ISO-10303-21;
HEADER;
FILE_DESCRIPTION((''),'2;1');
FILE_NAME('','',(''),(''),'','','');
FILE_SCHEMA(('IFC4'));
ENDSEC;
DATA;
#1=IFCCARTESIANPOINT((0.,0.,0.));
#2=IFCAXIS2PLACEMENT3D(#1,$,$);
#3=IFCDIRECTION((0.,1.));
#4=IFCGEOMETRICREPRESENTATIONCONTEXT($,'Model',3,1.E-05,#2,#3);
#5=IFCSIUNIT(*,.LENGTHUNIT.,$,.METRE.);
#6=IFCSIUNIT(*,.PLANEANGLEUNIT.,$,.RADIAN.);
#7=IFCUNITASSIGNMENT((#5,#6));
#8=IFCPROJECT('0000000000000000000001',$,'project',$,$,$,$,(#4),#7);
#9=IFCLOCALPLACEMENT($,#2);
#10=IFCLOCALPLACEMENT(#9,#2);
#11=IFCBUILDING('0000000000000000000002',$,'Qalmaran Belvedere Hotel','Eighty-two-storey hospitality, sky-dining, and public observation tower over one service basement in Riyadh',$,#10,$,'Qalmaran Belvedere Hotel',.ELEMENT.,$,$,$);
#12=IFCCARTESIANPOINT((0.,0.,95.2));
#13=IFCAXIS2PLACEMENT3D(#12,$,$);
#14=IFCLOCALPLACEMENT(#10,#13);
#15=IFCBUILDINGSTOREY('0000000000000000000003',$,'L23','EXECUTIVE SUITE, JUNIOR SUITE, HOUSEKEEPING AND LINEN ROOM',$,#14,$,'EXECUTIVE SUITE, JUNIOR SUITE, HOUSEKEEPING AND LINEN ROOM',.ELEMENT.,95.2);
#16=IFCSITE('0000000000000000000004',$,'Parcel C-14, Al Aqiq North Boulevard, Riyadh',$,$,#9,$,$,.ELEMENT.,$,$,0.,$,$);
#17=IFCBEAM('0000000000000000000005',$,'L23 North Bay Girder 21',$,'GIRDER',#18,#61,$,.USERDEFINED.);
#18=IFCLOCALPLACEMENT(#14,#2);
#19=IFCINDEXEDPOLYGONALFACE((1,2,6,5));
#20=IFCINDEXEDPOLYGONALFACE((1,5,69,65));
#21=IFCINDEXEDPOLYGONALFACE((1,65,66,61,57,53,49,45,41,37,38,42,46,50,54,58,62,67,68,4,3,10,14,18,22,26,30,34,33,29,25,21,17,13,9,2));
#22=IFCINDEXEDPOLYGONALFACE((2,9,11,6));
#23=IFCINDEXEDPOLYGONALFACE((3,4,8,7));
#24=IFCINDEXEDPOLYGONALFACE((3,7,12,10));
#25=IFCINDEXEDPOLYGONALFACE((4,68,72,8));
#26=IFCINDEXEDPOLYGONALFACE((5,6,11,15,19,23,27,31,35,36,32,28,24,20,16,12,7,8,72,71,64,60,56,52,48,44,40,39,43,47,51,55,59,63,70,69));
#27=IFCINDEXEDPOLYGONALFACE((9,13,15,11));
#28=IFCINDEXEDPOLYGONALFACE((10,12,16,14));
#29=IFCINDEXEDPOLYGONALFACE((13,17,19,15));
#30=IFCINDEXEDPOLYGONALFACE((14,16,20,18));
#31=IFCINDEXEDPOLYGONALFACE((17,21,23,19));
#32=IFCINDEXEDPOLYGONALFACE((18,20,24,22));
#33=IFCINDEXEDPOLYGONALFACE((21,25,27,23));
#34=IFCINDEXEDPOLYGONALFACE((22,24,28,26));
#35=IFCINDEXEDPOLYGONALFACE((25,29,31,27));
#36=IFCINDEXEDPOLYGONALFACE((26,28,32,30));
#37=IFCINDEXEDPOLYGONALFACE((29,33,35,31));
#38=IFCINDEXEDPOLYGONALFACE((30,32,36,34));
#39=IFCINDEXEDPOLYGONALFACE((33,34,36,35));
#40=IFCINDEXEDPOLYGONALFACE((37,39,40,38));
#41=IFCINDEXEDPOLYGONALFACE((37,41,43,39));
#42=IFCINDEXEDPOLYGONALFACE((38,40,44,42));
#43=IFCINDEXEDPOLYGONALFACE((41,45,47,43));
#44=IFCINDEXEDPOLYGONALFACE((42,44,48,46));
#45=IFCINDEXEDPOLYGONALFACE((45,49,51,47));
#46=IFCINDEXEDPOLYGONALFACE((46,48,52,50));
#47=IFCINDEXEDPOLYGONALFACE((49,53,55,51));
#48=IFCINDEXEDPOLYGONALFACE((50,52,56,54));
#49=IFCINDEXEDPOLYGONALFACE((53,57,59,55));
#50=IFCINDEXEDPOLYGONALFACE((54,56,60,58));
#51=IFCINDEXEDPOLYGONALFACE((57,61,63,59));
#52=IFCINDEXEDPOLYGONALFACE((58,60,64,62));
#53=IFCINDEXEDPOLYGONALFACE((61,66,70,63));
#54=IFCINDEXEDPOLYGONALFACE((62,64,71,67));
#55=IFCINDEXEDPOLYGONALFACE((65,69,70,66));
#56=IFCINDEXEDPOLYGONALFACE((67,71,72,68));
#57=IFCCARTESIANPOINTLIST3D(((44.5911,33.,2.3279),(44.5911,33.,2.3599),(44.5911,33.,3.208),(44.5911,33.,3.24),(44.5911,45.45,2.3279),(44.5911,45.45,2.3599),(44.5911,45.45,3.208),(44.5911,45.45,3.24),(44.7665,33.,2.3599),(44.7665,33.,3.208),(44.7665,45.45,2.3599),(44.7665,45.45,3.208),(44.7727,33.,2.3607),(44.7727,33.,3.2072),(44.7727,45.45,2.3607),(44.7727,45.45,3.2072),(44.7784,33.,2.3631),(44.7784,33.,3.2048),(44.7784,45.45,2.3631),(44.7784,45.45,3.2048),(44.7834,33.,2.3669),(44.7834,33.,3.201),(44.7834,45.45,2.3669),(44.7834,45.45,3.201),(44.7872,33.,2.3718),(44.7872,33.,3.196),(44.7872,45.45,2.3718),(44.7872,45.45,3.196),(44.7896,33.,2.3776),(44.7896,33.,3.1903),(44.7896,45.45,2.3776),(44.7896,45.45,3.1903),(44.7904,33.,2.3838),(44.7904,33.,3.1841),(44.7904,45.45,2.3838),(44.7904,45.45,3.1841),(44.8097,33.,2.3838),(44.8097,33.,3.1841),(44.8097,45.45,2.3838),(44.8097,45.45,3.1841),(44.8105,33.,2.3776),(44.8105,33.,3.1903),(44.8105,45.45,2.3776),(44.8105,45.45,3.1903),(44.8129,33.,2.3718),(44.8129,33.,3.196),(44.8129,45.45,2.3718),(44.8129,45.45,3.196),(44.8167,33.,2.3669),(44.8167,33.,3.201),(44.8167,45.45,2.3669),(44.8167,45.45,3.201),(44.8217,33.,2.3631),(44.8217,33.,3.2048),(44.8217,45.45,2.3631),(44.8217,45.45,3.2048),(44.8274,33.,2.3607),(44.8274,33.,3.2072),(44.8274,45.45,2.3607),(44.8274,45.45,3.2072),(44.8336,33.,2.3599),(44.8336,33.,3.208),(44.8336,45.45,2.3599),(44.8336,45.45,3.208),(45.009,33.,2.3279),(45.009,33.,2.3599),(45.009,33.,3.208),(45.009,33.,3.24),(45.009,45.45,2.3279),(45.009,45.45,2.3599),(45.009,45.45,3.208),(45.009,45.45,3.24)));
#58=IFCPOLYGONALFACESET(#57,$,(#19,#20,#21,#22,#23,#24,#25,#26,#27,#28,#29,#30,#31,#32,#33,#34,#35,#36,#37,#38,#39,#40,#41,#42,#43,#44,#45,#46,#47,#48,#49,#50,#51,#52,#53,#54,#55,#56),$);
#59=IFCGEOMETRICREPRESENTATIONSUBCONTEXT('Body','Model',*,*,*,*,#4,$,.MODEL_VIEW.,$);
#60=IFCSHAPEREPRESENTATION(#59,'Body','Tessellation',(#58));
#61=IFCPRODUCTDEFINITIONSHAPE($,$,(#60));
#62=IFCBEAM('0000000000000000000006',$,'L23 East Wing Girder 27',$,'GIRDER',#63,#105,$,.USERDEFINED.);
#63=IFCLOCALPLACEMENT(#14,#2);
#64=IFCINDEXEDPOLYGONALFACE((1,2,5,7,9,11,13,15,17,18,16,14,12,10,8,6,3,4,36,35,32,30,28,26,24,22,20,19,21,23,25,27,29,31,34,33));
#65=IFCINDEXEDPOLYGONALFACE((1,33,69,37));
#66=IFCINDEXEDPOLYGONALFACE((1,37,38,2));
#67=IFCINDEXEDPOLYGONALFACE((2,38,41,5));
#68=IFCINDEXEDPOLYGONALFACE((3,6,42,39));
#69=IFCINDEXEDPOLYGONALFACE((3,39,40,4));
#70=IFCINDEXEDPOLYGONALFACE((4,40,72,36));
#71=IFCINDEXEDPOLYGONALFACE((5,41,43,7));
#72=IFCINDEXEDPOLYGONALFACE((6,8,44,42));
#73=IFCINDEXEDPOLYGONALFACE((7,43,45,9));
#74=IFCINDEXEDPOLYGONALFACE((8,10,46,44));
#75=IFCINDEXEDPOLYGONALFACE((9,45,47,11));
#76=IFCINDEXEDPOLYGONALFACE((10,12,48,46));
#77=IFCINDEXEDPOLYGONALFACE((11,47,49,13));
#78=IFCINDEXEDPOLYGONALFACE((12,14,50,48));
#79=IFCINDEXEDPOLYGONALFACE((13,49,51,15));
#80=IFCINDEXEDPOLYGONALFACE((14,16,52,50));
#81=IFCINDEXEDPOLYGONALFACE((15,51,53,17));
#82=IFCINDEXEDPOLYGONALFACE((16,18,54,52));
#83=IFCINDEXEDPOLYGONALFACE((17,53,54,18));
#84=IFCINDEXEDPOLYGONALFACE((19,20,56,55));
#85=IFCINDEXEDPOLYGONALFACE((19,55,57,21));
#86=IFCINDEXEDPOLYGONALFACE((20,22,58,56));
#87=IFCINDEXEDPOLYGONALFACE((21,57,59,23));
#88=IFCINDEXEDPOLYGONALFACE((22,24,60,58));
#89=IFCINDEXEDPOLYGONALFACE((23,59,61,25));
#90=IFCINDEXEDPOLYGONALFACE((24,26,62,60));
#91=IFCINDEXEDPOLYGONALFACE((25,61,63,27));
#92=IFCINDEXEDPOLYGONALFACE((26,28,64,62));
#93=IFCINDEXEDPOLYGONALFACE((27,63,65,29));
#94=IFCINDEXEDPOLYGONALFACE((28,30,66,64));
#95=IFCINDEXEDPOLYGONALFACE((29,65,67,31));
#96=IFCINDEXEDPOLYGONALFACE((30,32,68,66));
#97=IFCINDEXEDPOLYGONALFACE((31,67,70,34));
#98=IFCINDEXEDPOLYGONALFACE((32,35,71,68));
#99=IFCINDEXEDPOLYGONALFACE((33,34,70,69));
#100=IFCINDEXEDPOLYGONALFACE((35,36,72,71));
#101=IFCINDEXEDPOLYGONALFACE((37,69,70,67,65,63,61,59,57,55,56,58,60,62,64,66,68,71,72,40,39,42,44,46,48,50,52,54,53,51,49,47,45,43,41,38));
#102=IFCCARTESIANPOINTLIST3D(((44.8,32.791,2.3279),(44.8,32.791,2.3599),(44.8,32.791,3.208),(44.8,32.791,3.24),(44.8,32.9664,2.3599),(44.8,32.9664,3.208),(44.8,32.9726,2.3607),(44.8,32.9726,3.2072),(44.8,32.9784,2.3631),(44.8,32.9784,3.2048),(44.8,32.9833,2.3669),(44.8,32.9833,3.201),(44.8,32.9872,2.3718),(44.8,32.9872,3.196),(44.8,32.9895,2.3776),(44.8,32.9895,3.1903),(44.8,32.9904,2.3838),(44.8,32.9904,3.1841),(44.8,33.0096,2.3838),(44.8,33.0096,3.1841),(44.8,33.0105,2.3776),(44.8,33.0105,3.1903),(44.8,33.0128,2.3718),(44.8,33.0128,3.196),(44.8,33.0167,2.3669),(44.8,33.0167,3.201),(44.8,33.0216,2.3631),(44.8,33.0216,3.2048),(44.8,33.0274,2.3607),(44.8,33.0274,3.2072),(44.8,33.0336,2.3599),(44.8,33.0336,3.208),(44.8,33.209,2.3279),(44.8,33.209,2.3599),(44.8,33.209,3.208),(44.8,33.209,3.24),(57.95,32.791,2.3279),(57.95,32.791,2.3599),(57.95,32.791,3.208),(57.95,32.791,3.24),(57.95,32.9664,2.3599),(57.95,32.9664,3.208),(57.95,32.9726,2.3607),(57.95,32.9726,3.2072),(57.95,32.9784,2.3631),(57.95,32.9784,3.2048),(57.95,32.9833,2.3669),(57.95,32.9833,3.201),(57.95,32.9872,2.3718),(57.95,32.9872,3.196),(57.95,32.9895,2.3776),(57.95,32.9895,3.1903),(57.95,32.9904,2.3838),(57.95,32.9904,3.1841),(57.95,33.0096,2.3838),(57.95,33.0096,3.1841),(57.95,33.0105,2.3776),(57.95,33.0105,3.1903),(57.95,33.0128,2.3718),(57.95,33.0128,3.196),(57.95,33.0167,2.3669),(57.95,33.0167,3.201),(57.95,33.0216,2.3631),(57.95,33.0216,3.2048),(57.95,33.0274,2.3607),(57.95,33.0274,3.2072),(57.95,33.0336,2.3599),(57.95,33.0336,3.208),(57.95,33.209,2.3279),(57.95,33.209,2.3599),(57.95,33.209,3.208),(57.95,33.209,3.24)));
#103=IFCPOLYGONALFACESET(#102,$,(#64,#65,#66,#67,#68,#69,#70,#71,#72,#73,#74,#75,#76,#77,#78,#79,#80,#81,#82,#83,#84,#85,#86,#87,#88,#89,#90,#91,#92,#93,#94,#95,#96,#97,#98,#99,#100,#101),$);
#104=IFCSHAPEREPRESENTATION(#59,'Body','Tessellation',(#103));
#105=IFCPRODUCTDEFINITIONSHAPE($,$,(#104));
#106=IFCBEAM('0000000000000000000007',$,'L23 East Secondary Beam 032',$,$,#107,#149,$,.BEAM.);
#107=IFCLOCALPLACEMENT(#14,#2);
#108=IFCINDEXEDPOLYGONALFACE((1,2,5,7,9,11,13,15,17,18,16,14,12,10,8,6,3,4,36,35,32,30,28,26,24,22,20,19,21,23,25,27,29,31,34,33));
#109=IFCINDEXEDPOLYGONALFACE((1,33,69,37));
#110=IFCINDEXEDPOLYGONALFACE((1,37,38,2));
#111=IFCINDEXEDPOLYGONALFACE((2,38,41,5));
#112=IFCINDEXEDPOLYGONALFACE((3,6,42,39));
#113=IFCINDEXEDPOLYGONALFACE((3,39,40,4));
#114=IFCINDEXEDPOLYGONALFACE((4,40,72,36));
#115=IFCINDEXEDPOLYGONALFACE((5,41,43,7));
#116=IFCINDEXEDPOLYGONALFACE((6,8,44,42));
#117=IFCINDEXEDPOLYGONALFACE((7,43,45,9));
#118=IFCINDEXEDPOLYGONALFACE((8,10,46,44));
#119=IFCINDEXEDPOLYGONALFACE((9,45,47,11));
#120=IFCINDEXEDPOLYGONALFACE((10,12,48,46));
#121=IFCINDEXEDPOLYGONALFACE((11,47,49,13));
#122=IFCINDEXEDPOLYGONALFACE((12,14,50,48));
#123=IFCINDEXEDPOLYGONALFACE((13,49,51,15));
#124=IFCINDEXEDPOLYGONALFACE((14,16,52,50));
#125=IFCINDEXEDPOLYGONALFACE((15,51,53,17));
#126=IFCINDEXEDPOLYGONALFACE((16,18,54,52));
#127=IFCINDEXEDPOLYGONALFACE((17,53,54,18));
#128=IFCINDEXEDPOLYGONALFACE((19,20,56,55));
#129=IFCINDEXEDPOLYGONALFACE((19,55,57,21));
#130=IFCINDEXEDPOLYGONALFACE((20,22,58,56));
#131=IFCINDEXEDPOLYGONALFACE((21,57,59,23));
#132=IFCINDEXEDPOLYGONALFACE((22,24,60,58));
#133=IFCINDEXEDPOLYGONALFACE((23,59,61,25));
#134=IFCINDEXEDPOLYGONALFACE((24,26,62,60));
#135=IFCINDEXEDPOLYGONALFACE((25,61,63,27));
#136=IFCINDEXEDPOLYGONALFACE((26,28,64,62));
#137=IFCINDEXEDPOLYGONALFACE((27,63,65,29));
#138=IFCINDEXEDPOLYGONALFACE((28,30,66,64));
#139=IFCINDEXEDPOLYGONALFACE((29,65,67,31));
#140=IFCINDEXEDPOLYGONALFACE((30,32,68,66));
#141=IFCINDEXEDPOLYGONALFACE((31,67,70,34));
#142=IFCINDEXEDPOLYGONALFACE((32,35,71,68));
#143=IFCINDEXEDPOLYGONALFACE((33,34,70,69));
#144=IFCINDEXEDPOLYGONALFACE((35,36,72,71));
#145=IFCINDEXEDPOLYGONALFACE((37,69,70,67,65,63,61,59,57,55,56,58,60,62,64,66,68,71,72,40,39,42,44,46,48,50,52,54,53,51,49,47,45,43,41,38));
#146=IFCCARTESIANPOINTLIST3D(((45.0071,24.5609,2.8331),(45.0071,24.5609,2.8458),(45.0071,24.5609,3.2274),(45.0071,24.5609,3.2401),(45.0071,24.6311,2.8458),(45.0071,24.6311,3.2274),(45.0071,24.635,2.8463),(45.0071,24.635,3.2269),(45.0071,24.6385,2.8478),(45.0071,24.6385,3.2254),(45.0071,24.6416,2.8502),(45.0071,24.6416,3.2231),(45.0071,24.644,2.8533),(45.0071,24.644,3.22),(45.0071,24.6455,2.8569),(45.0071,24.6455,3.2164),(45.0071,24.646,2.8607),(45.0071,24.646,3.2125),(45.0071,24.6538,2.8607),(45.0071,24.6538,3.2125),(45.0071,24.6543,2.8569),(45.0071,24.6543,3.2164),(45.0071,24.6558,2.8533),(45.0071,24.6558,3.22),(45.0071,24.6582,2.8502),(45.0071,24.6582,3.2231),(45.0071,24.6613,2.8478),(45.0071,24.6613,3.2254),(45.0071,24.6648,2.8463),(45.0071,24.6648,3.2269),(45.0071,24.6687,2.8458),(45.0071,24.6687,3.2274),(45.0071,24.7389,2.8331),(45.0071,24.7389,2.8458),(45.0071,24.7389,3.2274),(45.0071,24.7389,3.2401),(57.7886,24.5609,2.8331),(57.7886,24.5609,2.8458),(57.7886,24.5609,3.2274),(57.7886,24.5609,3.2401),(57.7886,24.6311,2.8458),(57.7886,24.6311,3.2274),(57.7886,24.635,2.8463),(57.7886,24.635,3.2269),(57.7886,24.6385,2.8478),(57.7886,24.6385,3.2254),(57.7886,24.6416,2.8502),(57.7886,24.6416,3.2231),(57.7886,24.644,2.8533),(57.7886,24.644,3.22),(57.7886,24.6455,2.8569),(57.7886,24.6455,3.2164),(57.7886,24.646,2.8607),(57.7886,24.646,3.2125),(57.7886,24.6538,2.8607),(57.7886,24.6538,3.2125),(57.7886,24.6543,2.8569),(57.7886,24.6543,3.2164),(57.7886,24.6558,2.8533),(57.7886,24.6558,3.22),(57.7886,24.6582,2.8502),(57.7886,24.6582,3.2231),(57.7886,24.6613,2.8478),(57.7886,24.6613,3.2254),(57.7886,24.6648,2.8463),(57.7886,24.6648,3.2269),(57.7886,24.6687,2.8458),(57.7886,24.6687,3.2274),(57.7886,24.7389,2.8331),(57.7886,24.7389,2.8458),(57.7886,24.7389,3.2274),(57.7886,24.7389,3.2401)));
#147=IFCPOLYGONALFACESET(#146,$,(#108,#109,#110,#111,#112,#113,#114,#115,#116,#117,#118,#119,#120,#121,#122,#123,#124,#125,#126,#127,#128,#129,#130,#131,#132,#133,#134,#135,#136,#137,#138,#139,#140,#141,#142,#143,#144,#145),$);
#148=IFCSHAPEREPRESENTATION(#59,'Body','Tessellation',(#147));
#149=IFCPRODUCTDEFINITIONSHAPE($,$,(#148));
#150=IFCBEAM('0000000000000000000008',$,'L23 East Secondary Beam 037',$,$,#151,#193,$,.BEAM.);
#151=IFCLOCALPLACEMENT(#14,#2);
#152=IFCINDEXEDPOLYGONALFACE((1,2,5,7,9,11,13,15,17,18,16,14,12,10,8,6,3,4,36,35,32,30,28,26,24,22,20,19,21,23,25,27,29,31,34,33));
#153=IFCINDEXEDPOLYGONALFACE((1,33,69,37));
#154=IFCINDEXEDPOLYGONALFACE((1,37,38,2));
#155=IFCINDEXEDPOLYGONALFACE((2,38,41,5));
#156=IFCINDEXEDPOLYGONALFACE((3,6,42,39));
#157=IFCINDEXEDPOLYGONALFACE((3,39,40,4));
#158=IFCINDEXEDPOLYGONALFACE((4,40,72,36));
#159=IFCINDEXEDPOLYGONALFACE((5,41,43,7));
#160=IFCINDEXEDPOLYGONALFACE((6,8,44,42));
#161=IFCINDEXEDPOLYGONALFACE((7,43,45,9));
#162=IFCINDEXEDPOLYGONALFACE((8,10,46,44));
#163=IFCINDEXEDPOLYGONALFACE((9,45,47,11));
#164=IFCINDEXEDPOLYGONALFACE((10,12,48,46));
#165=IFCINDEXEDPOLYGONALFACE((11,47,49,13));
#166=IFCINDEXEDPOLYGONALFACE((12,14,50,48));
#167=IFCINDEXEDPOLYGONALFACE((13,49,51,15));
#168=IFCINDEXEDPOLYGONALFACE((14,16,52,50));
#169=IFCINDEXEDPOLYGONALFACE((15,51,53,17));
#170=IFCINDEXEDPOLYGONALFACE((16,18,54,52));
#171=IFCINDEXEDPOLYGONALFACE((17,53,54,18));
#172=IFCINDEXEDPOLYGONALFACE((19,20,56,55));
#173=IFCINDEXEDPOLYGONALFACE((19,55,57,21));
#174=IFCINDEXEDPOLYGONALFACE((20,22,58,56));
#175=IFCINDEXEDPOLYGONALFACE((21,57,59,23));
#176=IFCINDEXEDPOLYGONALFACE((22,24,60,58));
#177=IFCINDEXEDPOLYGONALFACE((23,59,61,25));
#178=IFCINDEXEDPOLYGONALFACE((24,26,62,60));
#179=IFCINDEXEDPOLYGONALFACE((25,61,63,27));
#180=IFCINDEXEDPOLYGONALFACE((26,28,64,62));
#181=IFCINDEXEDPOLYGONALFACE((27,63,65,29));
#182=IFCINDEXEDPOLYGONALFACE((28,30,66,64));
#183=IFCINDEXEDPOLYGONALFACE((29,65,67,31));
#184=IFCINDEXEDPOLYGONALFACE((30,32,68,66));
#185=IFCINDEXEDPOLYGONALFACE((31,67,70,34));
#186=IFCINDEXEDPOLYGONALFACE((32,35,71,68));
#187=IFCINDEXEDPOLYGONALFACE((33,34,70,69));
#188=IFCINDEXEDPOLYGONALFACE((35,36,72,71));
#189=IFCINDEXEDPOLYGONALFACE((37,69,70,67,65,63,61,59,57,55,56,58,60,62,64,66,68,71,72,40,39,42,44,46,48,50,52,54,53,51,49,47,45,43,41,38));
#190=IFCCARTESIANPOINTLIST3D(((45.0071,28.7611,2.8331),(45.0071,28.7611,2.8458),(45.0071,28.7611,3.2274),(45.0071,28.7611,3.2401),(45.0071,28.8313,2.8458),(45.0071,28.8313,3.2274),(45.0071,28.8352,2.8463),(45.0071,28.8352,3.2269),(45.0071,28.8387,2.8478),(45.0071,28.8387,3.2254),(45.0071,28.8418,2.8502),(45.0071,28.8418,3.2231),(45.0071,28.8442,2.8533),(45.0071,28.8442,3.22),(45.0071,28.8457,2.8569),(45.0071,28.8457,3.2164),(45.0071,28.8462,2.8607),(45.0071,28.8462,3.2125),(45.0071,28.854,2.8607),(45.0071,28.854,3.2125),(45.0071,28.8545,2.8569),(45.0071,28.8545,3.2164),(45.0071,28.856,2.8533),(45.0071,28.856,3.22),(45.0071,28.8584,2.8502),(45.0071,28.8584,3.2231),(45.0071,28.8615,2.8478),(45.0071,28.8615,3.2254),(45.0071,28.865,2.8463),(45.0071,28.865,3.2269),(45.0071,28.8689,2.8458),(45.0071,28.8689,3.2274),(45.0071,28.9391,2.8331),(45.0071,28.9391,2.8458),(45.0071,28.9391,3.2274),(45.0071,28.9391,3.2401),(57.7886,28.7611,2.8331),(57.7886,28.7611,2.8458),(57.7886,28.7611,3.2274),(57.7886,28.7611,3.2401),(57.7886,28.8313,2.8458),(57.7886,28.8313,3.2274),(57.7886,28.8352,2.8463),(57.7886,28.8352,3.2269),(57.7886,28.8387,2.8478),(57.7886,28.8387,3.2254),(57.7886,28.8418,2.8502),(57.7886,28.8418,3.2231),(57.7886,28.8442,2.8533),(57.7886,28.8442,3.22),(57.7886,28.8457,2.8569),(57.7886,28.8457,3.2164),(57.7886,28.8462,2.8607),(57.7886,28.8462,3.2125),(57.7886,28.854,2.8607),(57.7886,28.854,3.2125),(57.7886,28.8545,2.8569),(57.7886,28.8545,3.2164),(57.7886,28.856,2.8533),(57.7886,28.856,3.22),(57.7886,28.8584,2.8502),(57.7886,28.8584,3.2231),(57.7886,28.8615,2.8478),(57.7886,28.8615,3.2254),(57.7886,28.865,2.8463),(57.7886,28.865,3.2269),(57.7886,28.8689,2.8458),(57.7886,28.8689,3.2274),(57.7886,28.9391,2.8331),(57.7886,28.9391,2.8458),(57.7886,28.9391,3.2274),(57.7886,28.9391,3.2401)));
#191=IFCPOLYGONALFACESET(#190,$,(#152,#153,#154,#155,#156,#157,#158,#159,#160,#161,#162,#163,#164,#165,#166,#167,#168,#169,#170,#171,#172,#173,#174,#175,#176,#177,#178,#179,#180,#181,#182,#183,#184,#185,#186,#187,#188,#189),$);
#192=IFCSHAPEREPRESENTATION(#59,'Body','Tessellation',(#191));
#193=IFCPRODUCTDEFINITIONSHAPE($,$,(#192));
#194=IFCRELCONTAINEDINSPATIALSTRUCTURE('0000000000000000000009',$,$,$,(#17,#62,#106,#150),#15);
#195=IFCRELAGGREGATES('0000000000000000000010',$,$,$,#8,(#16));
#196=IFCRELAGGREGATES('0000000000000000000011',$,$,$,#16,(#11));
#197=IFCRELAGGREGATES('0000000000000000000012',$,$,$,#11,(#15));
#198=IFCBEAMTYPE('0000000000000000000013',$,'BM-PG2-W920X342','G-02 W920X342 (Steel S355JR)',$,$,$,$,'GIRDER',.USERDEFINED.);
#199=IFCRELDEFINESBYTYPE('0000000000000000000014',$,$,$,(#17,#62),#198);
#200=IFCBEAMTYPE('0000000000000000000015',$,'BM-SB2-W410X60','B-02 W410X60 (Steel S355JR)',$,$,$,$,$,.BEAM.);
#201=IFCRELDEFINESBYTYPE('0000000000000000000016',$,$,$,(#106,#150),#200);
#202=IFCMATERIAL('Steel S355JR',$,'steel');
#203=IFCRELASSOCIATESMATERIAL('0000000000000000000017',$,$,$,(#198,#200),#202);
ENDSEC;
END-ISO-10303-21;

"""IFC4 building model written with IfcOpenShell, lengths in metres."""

from ifc_helpers import new_model, si_unit, direction, frame, origin, origin_2d, place, context, subcontext, project, spatial, i_section, extrude, material, material_profile, profile_set, type_object, element, save


model = new_model("IFC4")

# Units and contexts
model_context = context("Model", 3, precision=1e-05, world=origin(), true_north=direction((0.0, 1.0)))
body_context = subcontext(model_context, "Body", "Model", "MODEL_VIEW")
ifc_project = project(units=[si_unit("LENGTHUNIT", "METRE"), si_unit("PLANEANGLEUNIT", "RADIAN")], contexts=[model_context])

# Site, building, storey
site_placement = place(None, origin())
site = spatial("IfcSite", under=ifc_project, at=site_placement, Name="Parcel C-14, Al Aqiq North Boulevard, Riyadh", CompositionType="ELEMENT", RefElevation=0.0)
building_placement = place(site_placement, origin())
building = spatial("IfcBuilding", under=site, at=building_placement, Name="Qalmaran Belvedere Hotel", Description="Eighty-two-storey hospitality, sky-dining, and public observation tower over one service basement in Riyadh", LongName="Qalmaran Belvedere Hotel", CompositionType="ELEMENT")
storey_placement = place(building_placement, frame((0.0, 0.0, 95.2)))
storey = spatial("IfcBuildingStorey", under=building, at=storey_placement, Name="L23", Description="EXECUTIVE SUITE, JUNIOR SUITE, HOUSEKEEPING AND LINEN ROOM", LongName="EXECUTIVE SUITE, JUNIOR SUITE, HOUSEKEEPING AND LINEN ROOM", CompositionType="ELEMENT", Elevation=95.2)

# Beams
ifc_material_1 = material(Name="Steel S355JR", Category="steel")
ifc_material_profile_1 = material_profile(ifc_material_1, i_section(OverallWidth=0.418, OverallDepth=0.9121, WebThickness=0.0193, FlangeThickness=0.032, FilletRadius=0.0239, at=origin_2d()), Name="W920X342")
ifc_profile_set_1 = profile_set([ifc_material_profile_1], Name="Steel S355JR")
beam_type_1 = type_object("IfcBeamType", Name="BM-PG2-W920X342", Description="G-02 W920X342 (Steel S355JR)", ElementType="GIRDER", PredefinedType="USERDEFINED", material=ifc_profile_set_1)
beam_1_placement = place(storey_placement, frame((44.8, 33.0, 2.7839), z_axis=(0.0, 1.0, 0.0), x_axis=(-1.0, 0.0, 0.0)))
element("IfcBeam", 1, at=beam_1_placement, inside=storey, type_object=beam_type_1, Name="L23 North Bay Girder 21", ObjectType="GIRDER", PredefinedType="USERDEFINED", context=body_context, shape_type="SweptSolid", body=[
    extrude(i_section(OverallWidth=0.418, OverallDepth=0.9121, WebThickness=0.0193, FlangeThickness=0.032, FilletRadius=0.0239, at=origin_2d()), origin(), (0.0, 0.0, 1.0), 12.45),
])
beam_2_placement = place(storey_placement, frame((44.8, 33.0, 2.7839), z_axis=(1.0, 0.0, 0.0), x_axis=(0.0, 1.0, 0.0)))
element("IfcBeam", 2, at=beam_2_placement, inside=storey, type_object=beam_type_1, Name="L23 East Wing Girder 27", ObjectType="GIRDER", PredefinedType="USERDEFINED", context=body_context, shape_type="SweptSolid", body=[
    extrude(i_section(OverallWidth=0.418, OverallDepth=0.9121, WebThickness=0.0193, FlangeThickness=0.032, FilletRadius=0.0239, at=origin_2d()), origin(), (0.0, 0.0, 1.0), 13.1499),
])
ifc_material_profile_2 = material_profile(ifc_material_1, i_section(OverallWidth=0.178, OverallDepth=0.407, WebThickness=0.0078, FlangeThickness=0.0127, FilletRadius=0.0149, at=origin_2d()), Name="W410X60")
ifc_profile_set_2 = profile_set([ifc_material_profile_2], Name="Steel S355JR")
beam_type_2 = type_object("IfcBeamType", Name="BM-SB2-W410X60", Description="B-02 W410X60 (Steel S355JR)", PredefinedType="BEAM", material=ifc_profile_set_2)
for number, where, z_axis, x_axis, name in (
    (3, (45.0071, 24.6499, 3.0366), (1.0, 0.0, 0.0), (0.0, 1.0, 0.0), "L23 East Secondary Beam 032"),
    (4, (45.0071, 28.8501, 3.0366), (1.0, 0.0, 0.0), (0.0, 1.0, 0.0), "L23 East Secondary Beam 037"),
):
    element("IfcBeam", number, at=place(storey_placement, frame(where, z_axis=z_axis, x_axis=x_axis)), inside=storey, type_object=beam_type_2, Name=name, PredefinedType="BEAM", context=body_context, shape_type="SweptSolid", body=[
        extrude(i_section(OverallWidth=0.178, OverallDepth=0.407, WebThickness=0.0078, FlangeThickness=0.0127, FilletRadius=0.0149, at=origin_2d()), origin(), (0.0, 0.0, 1.0), 12.7815),
    ])

save(model, "model.ifc")
